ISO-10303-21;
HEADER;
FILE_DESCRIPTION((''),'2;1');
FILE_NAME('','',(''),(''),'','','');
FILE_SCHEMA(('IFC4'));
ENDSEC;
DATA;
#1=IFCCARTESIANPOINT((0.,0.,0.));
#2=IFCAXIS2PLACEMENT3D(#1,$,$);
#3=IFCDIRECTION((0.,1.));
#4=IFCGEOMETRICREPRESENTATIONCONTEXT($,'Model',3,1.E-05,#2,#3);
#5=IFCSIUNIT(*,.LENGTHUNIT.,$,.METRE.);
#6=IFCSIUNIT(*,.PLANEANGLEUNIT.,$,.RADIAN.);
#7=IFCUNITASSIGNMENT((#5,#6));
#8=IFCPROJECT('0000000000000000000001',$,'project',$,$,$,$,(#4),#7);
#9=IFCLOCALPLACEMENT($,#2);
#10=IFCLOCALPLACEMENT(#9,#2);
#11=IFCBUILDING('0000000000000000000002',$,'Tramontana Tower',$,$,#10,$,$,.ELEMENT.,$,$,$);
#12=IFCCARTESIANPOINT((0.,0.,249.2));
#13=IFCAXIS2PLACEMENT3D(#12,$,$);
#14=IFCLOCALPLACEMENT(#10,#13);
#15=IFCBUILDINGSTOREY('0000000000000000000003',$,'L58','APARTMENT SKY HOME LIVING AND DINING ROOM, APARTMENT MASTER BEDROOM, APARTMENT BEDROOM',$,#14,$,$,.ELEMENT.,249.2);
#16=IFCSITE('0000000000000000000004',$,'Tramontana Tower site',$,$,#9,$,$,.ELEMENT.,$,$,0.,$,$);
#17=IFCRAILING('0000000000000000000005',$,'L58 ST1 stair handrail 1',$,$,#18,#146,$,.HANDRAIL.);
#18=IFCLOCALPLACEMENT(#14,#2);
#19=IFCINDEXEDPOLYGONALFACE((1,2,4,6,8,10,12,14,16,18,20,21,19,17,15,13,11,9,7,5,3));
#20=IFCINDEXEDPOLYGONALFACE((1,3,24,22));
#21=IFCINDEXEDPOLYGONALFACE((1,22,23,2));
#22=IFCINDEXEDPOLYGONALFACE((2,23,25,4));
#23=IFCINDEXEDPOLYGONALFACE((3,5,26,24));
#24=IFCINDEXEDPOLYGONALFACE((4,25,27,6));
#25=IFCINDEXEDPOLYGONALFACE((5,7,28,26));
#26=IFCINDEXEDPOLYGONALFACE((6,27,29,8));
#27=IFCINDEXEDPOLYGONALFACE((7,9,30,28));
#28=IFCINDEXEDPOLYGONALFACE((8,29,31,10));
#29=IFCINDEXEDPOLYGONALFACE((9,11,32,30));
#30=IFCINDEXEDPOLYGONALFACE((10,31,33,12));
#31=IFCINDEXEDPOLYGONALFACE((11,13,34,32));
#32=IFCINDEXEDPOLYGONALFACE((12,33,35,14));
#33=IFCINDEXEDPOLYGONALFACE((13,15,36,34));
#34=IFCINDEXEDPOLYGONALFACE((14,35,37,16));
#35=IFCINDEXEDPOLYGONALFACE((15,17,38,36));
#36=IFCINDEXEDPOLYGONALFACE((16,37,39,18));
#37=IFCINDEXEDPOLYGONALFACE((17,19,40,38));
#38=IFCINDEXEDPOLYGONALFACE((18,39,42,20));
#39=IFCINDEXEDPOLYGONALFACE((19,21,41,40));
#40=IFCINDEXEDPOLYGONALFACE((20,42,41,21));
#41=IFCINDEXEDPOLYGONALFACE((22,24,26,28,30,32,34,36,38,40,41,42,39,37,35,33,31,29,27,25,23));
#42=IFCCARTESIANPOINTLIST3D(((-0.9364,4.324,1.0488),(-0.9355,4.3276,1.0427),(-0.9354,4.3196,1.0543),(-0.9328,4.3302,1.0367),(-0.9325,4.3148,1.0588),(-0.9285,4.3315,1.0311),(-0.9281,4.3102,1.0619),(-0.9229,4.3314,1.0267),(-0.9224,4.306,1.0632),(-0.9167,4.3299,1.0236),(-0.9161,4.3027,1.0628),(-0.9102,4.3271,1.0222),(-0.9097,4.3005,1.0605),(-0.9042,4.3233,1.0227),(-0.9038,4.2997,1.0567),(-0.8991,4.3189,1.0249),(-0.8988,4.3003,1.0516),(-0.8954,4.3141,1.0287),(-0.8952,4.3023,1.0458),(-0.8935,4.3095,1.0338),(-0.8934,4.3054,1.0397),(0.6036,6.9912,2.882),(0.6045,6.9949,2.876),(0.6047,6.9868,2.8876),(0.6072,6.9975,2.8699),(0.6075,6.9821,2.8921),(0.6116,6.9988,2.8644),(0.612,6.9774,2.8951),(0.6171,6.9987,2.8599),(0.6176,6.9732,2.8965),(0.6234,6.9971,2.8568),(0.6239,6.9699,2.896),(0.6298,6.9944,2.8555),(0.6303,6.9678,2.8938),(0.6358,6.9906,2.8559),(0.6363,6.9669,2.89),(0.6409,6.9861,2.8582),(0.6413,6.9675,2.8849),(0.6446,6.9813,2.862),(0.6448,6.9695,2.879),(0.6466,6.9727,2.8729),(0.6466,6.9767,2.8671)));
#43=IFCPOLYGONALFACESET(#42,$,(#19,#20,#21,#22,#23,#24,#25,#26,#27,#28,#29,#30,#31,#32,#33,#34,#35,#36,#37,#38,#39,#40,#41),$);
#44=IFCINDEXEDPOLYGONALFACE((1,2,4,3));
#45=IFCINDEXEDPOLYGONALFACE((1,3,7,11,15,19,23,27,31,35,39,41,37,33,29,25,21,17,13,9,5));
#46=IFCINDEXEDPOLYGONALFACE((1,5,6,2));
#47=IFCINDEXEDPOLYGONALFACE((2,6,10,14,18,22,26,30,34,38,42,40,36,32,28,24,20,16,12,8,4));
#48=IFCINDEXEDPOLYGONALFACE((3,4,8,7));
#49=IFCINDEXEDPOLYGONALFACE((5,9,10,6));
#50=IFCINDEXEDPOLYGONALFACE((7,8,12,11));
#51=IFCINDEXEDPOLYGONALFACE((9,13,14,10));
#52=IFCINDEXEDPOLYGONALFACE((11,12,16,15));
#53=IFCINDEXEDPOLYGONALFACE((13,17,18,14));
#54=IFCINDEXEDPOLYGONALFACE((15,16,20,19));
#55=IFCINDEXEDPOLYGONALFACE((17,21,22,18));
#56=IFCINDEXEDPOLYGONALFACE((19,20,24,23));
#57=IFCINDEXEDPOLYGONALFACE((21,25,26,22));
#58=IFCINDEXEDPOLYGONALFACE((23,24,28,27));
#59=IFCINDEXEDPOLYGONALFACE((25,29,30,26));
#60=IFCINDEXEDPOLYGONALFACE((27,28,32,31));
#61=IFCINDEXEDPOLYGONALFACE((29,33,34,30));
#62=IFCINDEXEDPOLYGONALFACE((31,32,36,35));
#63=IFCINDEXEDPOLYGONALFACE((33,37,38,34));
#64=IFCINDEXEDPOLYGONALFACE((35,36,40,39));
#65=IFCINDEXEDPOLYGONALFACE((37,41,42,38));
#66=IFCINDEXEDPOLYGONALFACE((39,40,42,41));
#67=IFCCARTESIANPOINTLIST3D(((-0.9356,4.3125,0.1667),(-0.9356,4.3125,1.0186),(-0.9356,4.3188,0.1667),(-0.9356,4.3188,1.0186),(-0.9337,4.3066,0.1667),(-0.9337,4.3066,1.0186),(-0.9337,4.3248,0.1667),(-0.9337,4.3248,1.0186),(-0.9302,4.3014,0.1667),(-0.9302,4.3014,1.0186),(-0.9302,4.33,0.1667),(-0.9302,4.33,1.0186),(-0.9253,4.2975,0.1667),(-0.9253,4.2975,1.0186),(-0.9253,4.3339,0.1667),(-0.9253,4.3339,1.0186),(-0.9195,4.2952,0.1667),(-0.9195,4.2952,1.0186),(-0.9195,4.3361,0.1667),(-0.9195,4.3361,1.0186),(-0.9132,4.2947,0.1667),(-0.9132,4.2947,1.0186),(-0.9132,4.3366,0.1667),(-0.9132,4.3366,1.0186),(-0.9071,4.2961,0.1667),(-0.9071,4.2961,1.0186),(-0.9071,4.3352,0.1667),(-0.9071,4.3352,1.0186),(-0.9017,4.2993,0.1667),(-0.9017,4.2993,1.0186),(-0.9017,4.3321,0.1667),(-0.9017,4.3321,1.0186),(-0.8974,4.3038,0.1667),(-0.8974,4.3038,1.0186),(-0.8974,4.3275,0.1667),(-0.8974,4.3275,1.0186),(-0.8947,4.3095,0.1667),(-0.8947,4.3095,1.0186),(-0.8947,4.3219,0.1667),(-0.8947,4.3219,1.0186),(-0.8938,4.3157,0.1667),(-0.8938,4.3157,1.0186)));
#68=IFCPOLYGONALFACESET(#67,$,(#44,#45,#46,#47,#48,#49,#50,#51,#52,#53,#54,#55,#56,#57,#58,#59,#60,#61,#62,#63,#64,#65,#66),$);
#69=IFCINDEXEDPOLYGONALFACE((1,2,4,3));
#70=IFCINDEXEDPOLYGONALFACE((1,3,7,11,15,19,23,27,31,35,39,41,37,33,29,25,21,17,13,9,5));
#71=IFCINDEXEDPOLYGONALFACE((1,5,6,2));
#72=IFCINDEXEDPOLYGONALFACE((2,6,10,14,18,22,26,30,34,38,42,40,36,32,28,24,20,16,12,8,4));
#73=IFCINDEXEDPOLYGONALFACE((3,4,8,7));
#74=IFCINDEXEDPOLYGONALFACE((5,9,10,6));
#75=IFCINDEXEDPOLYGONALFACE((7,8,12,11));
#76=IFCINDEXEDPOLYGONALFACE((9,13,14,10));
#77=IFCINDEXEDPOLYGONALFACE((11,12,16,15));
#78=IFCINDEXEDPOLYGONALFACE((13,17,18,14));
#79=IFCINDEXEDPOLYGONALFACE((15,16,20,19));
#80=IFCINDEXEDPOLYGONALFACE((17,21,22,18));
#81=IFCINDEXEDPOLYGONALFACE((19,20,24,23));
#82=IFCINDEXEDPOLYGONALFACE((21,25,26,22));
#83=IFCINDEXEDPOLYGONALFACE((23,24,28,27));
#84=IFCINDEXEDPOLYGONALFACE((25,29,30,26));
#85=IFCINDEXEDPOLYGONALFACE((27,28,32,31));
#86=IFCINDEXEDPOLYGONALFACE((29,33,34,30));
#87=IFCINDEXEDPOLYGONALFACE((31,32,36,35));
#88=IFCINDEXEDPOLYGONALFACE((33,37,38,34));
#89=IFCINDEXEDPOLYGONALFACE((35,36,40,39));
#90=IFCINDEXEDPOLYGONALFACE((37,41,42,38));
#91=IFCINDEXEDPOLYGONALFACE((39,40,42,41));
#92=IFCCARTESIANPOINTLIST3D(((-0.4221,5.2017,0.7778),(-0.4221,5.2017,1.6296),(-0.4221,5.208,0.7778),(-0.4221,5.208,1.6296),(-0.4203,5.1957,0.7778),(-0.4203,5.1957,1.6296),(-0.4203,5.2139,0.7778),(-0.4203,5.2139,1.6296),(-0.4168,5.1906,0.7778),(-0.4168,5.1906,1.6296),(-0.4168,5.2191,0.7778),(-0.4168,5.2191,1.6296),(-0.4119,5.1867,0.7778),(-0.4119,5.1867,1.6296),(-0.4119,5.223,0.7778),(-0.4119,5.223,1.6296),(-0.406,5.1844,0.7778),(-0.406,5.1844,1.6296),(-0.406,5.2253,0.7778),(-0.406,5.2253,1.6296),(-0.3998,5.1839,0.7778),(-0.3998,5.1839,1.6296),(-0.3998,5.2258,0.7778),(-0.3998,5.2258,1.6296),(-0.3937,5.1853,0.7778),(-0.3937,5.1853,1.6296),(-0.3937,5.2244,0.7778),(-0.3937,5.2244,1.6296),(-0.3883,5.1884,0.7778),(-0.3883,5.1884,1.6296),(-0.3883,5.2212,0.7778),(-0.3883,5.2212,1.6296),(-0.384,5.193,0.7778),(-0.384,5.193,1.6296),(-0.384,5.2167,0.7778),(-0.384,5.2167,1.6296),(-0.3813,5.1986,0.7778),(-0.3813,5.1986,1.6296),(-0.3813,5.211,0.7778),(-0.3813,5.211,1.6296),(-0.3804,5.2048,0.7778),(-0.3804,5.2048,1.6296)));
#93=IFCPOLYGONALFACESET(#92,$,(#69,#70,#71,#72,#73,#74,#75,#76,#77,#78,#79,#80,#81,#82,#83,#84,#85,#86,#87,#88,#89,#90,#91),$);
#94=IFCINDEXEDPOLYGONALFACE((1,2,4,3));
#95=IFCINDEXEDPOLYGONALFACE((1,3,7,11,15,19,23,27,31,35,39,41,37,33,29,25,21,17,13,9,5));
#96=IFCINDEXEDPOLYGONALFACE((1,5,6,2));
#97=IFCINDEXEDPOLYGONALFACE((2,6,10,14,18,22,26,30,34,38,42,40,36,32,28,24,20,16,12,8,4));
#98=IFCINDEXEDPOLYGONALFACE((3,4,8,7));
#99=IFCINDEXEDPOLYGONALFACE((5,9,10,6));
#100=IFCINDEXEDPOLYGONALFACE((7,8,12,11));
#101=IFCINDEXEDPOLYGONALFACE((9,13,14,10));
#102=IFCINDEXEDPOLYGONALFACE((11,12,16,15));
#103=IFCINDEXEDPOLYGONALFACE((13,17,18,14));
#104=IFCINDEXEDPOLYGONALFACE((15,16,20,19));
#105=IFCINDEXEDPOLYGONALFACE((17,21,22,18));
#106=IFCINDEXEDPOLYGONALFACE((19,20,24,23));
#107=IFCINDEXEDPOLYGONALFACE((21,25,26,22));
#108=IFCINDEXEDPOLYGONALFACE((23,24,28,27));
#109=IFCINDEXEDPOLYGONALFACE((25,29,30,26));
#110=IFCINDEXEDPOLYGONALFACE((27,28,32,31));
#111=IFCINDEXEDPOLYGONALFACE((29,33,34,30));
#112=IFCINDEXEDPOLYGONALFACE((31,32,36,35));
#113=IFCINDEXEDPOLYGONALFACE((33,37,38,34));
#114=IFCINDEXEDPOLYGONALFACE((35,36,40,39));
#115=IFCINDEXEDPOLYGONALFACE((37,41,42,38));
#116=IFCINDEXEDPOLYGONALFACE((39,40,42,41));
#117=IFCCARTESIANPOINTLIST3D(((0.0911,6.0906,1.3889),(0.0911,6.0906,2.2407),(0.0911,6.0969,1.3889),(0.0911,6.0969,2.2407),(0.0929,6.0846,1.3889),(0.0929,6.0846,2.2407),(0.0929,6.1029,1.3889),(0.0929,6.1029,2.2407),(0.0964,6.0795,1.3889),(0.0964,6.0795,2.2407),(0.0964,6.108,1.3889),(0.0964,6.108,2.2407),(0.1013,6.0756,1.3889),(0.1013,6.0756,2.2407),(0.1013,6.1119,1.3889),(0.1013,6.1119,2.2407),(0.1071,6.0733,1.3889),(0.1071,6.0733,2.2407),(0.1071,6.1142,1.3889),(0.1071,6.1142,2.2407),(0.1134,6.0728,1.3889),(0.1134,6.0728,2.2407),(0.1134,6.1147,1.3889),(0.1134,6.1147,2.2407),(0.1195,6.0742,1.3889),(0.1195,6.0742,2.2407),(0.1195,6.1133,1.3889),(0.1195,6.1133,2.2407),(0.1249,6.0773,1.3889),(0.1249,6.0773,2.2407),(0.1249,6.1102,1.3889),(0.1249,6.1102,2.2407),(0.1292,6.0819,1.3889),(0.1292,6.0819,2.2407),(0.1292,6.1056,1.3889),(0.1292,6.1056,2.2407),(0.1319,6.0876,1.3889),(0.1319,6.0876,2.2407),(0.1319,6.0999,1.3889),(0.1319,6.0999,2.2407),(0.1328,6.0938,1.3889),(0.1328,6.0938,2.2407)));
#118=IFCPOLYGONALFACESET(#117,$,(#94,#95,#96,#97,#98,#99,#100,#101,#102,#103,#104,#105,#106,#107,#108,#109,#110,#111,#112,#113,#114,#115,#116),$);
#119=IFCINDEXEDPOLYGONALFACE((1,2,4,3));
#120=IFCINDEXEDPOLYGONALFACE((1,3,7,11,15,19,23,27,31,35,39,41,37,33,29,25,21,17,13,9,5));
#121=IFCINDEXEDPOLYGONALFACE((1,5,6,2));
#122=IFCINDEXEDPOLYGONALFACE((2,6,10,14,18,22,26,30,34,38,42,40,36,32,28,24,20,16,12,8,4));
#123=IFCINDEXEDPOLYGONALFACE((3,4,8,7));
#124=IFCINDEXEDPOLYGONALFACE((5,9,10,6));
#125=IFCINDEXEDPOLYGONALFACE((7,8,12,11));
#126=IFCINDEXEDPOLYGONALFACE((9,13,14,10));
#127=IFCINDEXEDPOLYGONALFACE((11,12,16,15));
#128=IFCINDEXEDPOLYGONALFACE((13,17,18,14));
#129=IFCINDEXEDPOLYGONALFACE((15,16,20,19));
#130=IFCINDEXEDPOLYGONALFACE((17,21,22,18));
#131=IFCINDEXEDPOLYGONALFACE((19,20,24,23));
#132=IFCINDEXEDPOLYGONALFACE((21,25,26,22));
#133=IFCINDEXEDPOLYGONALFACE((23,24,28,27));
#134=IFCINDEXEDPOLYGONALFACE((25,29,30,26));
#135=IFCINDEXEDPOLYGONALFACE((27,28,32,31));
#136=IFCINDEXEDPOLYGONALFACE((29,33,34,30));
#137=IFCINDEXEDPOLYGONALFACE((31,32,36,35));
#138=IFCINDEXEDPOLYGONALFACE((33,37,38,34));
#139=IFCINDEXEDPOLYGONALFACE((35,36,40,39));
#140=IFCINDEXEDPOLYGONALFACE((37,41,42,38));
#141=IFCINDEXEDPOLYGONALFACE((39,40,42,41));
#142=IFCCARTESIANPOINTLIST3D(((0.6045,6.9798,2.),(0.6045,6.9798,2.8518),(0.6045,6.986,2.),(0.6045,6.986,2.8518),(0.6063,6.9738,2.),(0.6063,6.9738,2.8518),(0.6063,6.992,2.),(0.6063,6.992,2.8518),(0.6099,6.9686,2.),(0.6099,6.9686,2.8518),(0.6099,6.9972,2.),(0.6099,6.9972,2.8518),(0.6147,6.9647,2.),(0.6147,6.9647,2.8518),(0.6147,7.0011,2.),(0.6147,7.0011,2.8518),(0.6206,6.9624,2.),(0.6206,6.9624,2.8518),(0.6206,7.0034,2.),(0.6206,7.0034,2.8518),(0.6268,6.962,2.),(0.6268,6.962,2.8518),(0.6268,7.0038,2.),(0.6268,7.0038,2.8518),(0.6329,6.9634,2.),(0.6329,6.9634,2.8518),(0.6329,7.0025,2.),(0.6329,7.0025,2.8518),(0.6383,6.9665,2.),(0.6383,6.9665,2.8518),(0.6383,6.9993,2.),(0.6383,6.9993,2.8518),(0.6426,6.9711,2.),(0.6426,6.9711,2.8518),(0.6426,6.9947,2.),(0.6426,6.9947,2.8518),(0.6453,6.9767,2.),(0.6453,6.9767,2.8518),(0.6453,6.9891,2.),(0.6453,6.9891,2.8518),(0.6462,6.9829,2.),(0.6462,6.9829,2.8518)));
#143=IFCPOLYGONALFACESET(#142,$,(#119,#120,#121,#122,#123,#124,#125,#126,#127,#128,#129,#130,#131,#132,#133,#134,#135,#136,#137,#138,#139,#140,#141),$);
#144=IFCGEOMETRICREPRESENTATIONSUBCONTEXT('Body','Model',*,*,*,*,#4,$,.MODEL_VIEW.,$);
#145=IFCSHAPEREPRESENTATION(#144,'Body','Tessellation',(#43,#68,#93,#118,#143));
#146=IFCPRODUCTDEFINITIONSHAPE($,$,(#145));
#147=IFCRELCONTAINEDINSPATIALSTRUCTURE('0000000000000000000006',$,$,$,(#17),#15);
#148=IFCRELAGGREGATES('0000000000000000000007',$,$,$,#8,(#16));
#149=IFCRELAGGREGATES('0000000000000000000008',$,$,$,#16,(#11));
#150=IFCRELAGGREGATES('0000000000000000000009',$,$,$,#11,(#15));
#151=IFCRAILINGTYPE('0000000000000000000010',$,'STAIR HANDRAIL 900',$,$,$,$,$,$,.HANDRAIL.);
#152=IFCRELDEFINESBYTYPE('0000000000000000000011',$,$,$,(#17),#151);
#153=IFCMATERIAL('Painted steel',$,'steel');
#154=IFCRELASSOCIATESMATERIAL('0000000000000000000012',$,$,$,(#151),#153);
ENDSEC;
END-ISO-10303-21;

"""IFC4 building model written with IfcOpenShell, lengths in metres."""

from ifc_helpers import new_model, si_unit, direction, frame, origin, origin_2d, place, context, subcontext, project, spatial, circle, extrude, material, type_object, element, save


model = new_model("IFC4")

# Units and contexts
model_context = context("Model", 3, precision=1e-05, world=origin(), true_north=direction((0.0, 1.0)))
body_context = subcontext(model_context, "Body", "Model", "MODEL_VIEW")
ifc_project = project(units=[si_unit("LENGTHUNIT", "METRE"), si_unit("PLANEANGLEUNIT", "RADIAN")], contexts=[model_context])

# Site, building, storey
site_placement = place(None, origin())
site = spatial("IfcSite", under=ifc_project, at=site_placement, Name="Tramontana Tower site", CompositionType="ELEMENT", RefElevation=0.0)
building_placement = place(site_placement, origin())
building = spatial("IfcBuilding", under=site, at=building_placement, Name="Tramontana Tower", CompositionType="ELEMENT")
storey_placement = place(building_placement, frame((0.0, 0.0, 249.2)))
storey = spatial("IfcBuildingStorey", under=building, at=storey_placement, Name="L58", Description="APARTMENT SKY HOME LIVING AND DINING ROOM, APARTMENT MASTER BEDROOM, APARTMENT BEDROOM", CompositionType="ELEMENT", Elevation=249.2)

# Railing
ifc_material_1 = material(Name="Painted steel", Category="steel")
railing_type_1 = type_object("IfcRailingType", Name="STAIR HANDRAIL 900", PredefinedType="HANDRAIL", material=ifc_material_1)
railing_1_placement = place(storey_placement, frame((-0.9148, 4.3157, 0.1667)))
element("IfcRailing", 1, at=railing_1_placement, inside=storey, type_object=railing_type_1, Name="L58 ST1 stair handrail 1", PredefinedType="HANDRAIL", context=body_context, shape_type="SweptSolid", body=[
    extrude(circle(Radius=0.0239, at=origin_2d()), frame((0.0, 0.0, 0.876), z_axis=(0.429671, 0.744159, 0.511478), x_axis=(-0.86601, 0.500027, 0.0)), (0.0, 0.0, 1.0), 3.5842),
    extrude(circle(Radius=0.021, at=origin_2d()), origin(), (0.0, 0.0, 1.0), 0.8518),
    extrude(circle(Radius=0.021, at=origin_2d()), frame((0.5134, 0.8892, 0.6111)), (0.0, 0.0, 1.0), 0.8518),
    extrude(circle(Radius=0.021, at=origin_2d()), frame((1.0266, 1.7781, 1.2222)), (0.0, 0.0, 1.0), 0.8518),
    extrude(circle(Radius=0.021, at=origin_2d()), frame((1.54, 2.6672, 1.8333)), (0.0, 0.0, 1.0), 0.8518),
])

save(model, "model.ifc")
